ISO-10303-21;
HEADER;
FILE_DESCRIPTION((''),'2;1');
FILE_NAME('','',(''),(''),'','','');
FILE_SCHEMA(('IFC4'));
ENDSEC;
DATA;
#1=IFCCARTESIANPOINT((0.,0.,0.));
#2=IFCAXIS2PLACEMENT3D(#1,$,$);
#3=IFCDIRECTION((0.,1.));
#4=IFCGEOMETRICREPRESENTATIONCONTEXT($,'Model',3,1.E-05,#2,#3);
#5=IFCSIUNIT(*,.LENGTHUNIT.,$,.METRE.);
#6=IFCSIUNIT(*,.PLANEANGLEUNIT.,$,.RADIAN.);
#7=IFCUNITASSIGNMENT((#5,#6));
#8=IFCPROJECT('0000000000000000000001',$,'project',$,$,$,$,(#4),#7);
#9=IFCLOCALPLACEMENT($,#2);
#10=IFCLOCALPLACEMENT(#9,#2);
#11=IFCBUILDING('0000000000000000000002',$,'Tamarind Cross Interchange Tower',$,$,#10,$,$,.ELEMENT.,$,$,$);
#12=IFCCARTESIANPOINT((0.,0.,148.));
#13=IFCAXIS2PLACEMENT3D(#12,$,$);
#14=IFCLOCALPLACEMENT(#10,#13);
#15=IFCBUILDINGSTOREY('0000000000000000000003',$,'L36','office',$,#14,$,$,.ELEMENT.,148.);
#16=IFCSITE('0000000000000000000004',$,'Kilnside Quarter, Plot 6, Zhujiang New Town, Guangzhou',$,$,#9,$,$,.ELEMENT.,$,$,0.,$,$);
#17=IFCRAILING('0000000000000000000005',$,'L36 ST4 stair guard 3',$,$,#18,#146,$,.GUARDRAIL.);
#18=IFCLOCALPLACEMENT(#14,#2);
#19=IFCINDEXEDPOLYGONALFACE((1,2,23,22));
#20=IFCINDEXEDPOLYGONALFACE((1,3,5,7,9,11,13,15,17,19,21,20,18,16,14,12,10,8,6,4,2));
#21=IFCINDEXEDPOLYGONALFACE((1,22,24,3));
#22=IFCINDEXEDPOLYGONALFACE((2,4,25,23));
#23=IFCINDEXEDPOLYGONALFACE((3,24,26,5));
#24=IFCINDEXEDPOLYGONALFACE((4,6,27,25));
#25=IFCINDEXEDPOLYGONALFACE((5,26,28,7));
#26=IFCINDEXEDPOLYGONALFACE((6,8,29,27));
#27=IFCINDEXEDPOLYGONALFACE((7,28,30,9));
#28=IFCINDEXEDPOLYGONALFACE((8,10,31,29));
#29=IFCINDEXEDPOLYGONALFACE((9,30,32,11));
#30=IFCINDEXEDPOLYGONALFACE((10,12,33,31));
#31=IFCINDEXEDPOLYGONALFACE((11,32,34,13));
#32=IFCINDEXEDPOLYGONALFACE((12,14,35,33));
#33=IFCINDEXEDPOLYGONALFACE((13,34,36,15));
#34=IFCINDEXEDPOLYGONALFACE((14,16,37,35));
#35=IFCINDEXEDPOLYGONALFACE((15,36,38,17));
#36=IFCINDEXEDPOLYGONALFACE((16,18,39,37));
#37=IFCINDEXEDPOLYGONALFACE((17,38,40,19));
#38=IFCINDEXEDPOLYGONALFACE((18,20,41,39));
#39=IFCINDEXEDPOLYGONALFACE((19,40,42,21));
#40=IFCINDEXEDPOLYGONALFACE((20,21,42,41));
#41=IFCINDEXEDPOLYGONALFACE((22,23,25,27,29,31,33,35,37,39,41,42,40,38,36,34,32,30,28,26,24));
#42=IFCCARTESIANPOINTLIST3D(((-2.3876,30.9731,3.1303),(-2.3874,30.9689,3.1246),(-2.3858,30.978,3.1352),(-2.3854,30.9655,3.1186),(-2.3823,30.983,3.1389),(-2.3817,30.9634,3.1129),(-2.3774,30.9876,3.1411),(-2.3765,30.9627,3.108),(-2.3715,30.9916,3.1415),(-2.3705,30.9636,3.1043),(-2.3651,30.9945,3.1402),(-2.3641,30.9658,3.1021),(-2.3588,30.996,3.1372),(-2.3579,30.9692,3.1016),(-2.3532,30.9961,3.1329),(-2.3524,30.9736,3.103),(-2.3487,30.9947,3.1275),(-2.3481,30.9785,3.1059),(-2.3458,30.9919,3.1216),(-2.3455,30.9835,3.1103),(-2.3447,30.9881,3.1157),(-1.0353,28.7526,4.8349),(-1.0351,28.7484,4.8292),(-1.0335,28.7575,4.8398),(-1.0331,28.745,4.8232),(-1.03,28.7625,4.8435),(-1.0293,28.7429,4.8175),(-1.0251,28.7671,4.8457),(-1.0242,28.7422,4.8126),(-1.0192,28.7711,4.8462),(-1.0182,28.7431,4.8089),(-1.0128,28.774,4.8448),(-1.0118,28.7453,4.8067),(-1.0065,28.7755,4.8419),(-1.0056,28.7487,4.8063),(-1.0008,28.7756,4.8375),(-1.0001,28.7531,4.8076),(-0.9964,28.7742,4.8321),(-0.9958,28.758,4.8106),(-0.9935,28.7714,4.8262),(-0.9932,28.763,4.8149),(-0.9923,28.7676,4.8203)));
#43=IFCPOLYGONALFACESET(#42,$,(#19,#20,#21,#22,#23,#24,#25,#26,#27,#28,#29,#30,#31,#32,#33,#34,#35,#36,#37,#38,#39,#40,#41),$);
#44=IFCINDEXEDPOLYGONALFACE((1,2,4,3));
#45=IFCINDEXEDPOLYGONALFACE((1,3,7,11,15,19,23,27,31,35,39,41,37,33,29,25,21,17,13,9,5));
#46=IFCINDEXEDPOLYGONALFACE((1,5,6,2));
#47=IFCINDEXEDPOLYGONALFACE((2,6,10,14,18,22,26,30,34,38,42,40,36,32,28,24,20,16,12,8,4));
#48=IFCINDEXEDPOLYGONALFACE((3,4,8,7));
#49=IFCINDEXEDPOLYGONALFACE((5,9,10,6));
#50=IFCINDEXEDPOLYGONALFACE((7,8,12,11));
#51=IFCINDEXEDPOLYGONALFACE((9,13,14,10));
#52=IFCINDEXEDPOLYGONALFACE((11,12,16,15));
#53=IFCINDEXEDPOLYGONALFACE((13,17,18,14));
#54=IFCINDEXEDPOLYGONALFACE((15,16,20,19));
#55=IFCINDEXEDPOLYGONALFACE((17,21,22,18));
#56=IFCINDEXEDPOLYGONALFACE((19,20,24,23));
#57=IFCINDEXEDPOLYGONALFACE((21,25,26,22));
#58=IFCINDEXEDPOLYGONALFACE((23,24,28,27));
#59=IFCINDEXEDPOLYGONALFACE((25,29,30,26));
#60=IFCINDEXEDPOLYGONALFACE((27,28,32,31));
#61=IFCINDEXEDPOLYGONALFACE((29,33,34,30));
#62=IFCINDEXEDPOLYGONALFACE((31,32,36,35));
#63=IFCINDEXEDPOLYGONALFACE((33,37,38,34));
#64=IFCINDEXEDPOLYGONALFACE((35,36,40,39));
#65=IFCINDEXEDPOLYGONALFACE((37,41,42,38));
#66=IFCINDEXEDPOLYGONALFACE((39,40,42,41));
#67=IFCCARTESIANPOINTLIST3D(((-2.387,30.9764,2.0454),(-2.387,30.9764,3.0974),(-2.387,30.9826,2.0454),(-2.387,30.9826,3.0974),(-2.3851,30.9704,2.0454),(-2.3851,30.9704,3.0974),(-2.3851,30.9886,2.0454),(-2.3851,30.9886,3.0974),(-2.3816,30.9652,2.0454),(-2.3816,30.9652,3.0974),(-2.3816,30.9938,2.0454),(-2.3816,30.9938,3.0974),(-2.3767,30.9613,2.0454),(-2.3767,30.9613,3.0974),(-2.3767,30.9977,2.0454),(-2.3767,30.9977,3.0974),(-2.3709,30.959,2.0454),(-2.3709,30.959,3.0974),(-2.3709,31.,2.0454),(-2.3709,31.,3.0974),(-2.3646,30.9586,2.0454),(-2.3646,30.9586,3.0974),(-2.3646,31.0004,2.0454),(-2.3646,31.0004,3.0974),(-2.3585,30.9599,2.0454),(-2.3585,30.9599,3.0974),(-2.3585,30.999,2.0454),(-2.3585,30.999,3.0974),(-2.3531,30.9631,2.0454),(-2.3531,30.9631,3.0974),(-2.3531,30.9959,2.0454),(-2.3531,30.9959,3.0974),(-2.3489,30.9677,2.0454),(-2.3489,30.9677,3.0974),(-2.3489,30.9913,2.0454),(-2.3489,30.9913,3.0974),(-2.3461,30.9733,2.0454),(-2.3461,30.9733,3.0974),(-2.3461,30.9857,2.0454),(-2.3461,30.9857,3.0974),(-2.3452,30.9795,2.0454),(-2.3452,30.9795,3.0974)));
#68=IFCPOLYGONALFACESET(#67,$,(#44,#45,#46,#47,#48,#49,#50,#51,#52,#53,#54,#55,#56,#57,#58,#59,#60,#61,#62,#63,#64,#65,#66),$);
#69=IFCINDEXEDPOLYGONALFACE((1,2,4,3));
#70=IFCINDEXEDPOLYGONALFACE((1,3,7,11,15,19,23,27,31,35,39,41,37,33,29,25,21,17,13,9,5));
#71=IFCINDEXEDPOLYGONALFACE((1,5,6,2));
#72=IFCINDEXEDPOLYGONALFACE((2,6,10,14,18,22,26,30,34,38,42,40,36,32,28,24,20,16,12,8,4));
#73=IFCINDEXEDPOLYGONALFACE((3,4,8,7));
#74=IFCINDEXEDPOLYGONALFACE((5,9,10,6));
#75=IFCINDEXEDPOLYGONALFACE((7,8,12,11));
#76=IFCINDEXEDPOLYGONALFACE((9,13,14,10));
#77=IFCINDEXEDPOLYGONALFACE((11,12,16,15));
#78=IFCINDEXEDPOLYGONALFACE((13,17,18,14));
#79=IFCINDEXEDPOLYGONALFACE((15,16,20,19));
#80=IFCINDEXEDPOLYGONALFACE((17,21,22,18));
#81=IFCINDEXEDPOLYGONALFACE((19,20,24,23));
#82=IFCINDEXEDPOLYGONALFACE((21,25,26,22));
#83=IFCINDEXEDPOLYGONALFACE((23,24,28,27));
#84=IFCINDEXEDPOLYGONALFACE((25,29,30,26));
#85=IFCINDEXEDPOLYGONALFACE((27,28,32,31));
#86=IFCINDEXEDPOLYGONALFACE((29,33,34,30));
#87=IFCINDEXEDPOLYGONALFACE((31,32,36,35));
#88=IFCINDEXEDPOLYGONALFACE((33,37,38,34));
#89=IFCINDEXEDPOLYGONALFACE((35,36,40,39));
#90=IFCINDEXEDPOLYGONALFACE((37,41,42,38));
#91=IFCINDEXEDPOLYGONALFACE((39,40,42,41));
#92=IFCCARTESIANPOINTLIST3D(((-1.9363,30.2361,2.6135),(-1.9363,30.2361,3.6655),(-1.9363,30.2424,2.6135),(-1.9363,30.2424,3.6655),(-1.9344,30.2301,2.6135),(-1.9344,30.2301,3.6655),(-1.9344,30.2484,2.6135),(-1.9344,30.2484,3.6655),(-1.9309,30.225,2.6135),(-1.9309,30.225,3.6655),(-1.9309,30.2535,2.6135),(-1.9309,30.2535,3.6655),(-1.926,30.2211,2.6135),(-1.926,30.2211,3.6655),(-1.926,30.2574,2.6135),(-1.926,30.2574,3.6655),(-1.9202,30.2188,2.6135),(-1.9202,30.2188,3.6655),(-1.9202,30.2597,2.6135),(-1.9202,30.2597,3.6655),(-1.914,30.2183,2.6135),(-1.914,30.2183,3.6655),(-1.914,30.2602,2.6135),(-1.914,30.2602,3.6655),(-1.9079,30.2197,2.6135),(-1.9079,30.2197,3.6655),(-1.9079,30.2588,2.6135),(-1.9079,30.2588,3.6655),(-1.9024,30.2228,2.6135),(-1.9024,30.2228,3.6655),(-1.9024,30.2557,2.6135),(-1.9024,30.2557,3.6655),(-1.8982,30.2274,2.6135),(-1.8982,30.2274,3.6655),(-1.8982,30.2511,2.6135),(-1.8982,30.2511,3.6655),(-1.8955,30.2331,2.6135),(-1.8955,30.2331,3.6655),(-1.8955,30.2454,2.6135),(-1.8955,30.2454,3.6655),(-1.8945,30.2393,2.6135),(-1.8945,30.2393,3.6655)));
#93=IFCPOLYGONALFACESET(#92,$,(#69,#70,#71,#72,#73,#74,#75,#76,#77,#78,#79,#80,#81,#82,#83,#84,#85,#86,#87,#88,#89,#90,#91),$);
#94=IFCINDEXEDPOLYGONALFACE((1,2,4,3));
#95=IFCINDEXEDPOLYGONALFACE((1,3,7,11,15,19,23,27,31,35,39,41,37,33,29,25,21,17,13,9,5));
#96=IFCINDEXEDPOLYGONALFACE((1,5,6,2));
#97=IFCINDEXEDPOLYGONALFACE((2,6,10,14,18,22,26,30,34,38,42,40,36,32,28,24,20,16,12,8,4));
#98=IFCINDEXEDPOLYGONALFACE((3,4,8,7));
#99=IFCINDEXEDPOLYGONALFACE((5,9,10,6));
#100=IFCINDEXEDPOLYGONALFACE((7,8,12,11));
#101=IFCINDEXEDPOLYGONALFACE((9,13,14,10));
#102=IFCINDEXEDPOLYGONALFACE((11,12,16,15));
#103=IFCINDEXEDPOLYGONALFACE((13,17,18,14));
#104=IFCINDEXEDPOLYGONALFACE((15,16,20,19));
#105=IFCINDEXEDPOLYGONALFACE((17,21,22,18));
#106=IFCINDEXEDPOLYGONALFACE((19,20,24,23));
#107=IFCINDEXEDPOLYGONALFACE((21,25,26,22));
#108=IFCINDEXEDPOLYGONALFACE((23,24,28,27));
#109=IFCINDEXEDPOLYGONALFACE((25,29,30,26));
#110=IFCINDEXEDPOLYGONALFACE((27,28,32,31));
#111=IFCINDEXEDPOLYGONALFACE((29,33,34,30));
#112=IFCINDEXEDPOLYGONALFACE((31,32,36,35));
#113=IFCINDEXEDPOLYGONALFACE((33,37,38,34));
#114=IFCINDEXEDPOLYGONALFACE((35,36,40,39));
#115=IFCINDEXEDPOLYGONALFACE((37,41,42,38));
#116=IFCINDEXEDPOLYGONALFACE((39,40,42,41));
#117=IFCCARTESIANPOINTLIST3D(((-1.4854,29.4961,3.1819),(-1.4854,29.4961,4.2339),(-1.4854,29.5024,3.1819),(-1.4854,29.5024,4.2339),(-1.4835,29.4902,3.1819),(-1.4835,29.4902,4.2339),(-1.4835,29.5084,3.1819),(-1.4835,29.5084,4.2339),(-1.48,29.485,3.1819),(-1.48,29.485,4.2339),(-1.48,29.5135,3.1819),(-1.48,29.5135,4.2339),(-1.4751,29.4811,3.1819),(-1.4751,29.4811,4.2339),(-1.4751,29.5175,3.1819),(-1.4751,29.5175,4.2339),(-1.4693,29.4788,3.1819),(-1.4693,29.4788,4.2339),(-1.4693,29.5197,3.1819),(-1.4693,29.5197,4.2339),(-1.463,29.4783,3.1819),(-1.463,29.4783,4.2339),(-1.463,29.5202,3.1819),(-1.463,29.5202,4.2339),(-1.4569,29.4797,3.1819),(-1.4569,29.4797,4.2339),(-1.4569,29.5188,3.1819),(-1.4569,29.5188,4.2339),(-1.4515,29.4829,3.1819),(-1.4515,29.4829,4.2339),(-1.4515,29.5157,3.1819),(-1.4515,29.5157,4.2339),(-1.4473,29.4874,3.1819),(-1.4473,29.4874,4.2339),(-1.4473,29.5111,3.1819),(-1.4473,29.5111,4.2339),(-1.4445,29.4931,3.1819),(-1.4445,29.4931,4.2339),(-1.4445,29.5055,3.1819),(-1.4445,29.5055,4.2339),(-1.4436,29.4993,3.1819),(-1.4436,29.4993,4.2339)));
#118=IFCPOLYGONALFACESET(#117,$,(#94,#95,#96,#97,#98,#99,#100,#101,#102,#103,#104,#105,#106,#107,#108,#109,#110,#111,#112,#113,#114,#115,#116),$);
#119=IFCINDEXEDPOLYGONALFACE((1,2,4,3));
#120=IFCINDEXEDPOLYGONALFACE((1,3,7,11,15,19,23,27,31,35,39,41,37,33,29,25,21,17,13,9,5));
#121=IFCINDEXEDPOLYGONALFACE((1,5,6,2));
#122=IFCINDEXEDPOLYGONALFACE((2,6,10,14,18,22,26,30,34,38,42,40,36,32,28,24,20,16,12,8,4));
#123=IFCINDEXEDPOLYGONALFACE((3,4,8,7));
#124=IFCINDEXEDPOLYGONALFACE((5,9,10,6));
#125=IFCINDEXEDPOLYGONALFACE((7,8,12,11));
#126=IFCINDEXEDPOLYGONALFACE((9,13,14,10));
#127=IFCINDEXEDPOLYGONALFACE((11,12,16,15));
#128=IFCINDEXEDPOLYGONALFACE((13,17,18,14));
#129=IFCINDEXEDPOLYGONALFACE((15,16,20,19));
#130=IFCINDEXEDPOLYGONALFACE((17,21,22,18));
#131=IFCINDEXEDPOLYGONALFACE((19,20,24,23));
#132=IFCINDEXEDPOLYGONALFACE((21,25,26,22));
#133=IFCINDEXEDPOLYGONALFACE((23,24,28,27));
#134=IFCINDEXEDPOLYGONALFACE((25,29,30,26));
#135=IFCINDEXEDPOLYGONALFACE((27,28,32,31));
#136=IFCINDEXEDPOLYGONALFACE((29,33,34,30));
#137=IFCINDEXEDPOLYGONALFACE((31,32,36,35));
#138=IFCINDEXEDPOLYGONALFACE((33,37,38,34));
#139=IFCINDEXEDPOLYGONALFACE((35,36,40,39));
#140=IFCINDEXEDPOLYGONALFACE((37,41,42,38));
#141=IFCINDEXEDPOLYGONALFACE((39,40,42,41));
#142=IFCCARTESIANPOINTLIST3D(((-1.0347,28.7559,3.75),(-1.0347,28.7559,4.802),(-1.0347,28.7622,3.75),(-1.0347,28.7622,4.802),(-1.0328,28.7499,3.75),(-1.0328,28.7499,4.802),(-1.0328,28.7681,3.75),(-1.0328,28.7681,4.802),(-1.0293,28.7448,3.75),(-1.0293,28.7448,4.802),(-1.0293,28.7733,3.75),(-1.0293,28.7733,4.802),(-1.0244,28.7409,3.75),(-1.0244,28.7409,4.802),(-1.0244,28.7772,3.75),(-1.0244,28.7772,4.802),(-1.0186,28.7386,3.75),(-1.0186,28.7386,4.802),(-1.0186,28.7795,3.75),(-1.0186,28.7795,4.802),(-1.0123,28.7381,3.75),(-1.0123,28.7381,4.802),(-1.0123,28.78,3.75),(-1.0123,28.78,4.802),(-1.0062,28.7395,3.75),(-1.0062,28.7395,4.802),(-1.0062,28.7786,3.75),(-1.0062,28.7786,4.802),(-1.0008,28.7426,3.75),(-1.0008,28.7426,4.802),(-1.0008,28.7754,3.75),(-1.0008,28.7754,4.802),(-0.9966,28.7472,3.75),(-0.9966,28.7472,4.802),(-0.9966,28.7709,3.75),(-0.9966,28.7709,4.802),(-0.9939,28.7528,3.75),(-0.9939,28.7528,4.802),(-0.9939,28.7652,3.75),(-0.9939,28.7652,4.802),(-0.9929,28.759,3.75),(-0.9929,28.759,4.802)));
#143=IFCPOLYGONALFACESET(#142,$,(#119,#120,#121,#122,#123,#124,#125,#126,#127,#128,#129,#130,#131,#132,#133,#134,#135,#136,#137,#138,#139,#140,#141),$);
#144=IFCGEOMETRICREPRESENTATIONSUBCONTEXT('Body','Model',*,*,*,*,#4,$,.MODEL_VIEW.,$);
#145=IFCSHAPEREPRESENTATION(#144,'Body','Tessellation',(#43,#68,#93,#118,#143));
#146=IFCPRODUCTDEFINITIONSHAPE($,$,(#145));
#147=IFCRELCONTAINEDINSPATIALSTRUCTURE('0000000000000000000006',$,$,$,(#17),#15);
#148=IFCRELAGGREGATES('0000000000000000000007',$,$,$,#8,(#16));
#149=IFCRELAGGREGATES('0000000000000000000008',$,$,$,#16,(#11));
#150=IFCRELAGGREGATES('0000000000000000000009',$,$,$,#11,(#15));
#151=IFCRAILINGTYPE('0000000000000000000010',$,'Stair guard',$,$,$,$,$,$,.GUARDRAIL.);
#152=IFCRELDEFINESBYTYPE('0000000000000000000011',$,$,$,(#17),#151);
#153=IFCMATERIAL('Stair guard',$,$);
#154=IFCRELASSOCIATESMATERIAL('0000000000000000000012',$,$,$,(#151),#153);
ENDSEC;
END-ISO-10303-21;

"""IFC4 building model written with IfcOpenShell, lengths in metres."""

from ifc_helpers import new_model, si_unit, direction, frame, origin, origin_2d, place, context, subcontext, project, spatial, circle, extrude, material, type_object, element, save


model = new_model("IFC4")

# Units and contexts
model_context = context("Model", 3, precision=1e-05, world=origin(), true_north=direction((0.0, 1.0)))
body_context = subcontext(model_context, "Body", "Model", "MODEL_VIEW")
ifc_project = project(units=[si_unit("LENGTHUNIT", "METRE"), si_unit("PLANEANGLEUNIT", "RADIAN")], contexts=[model_context])

# Site, building, storey
site_placement = place(None, origin())
site = spatial("IfcSite", under=ifc_project, at=site_placement, Name="Kilnside Quarter, Plot 6, Zhujiang New Town, Guangzhou", CompositionType="ELEMENT", RefElevation=0.0)
building_placement = place(site_placement, origin())
building = spatial("IfcBuilding", under=site, at=building_placement, Name="Tamarind Cross Interchange Tower", CompositionType="ELEMENT")
storey_placement = place(building_placement, frame((0.0, 0.0, 148.0)))
storey = spatial("IfcBuildingStorey", under=building, at=storey_placement, Name="L36", Description="office", CompositionType="ELEMENT", Elevation=148.0)

# Railing
ifc_material_1 = material(Name="Stair guard")
railing_type_1 = type_object("IfcRailingType", Name="Stair guard", PredefinedType="GUARDRAIL", material=ifc_material_1)
railing_1_placement = place(storey_placement, frame((-2.3662, 30.9795, 2.0454)))
element("IfcRailing", 1, at=railing_1_placement, inside=storey, type_object=railing_type_1, Name="L36 ST4 stair guard 3", PredefinedType="GUARDRAIL", context=body_context, shape_type="SweptSolid", body=[
    extrude(circle(Radius=0.0239, at=origin_2d()), frame((0.0, 0.0, 1.0762), z_axis=(0.434986, -0.714245, 0.548308), x_axis=(0.854077, 0.520147, 0.0)), (0.0, 0.0, 1.0), 3.1089),
    extrude(circle(Radius=0.021, at=origin_2d()), origin(), (0.0, 0.0, 1.0), 1.052),
    extrude(circle(Radius=0.021, at=origin_2d()), frame((0.4507, -0.7402, 0.5681)), (0.0, 0.0, 1.0), 1.052),
    extrude(circle(Radius=0.021, at=origin_2d()), frame((0.9016, -1.4802, 1.1365)), (0.0, 0.0, 1.0), 1.052),
    extrude(circle(Radius=0.021, at=origin_2d()), frame((1.3523, -2.2205, 1.7046)), (0.0, 0.0, 1.0), 1.052),
])

save(model, "model.ifc")
